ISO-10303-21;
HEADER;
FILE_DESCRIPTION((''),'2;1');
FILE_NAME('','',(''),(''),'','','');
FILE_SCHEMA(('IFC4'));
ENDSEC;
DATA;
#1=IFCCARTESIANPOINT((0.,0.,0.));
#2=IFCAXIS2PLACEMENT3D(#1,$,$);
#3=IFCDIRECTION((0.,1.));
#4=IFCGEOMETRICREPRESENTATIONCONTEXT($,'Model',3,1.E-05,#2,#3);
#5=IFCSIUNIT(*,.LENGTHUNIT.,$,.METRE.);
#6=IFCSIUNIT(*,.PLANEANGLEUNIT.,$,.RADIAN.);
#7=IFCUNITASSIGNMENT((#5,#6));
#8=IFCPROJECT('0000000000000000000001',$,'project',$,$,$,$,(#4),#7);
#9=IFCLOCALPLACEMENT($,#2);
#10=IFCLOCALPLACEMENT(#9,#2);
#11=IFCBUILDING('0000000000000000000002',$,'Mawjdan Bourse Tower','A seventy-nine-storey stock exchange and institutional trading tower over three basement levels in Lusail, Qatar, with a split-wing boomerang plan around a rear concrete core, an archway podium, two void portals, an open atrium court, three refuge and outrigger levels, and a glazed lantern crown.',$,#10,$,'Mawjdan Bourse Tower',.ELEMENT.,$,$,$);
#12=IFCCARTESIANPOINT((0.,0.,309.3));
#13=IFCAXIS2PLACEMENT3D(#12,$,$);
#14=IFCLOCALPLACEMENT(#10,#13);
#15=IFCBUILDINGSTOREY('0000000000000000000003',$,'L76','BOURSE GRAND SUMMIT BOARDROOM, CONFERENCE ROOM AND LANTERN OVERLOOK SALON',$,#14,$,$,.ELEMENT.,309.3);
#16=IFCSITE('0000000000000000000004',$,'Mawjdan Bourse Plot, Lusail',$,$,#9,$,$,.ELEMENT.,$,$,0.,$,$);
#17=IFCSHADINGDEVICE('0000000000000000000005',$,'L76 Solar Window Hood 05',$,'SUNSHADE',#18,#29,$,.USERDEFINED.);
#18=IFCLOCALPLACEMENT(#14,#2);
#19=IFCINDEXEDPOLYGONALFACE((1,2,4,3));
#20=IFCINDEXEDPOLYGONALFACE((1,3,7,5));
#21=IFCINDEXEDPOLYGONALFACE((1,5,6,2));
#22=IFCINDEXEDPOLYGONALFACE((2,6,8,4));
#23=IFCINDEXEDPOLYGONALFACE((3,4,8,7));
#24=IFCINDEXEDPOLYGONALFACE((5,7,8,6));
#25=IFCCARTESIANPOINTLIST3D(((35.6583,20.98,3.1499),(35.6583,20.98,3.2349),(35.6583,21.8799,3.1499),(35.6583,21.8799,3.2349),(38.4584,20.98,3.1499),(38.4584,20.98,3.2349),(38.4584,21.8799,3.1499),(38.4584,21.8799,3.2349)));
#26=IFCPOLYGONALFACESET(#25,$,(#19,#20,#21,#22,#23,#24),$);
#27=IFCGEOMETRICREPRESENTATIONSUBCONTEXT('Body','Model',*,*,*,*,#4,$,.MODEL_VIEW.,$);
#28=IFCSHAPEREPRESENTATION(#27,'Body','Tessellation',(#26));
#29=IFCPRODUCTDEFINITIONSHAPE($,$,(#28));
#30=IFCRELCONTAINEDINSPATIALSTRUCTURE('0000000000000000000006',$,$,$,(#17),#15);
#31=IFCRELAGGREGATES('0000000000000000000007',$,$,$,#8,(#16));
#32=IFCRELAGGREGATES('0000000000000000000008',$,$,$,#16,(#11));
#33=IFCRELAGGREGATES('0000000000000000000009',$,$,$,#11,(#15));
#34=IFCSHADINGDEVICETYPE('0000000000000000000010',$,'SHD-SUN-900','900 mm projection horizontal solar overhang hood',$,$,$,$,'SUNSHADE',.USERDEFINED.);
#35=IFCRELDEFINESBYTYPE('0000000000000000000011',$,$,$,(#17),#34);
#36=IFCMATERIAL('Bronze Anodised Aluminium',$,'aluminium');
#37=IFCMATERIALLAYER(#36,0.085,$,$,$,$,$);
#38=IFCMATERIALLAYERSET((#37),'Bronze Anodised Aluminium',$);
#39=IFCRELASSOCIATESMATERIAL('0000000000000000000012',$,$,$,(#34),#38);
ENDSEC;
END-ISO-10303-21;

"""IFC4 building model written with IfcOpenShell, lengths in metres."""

from ifc_helpers import new_model, si_unit, direction, frame, origin, origin_2d, place, context, subcontext, project, spatial, rectangle, extrude, material, layer, layer_set, type_object, element, save


model = new_model("IFC4")

# Units and contexts
model_context = context("Model", 3, precision=1e-05, world=origin(), true_north=direction((0.0, 1.0)))
body_context = subcontext(model_context, "Body", "Model", "MODEL_VIEW")
ifc_project = project(units=[si_unit("LENGTHUNIT", "METRE"), si_unit("PLANEANGLEUNIT", "RADIAN")], contexts=[model_context])

# Site, building, storey
site_placement = place(None, origin())
site = spatial("IfcSite", under=ifc_project, at=site_placement, Name="Mawjdan Bourse Plot, Lusail", CompositionType="ELEMENT", RefElevation=0.0)
building_placement = place(site_placement, origin())
building = spatial("IfcBuilding", under=site, at=building_placement, Name="Mawjdan Bourse Tower", Description="A seventy-nine-storey stock exchange and institutional trading tower over three basement levels in Lusail, Qatar, with a split-wing boomerang plan around a rear concrete core, an archway podium, two void portals, an open atrium court, three refuge and outrigger levels, and a glazed lantern crown.", LongName="Mawjdan Bourse Tower", CompositionType="ELEMENT")
storey_placement = place(building_placement, frame((0.0, 0.0, 309.3)))
storey = spatial("IfcBuildingStorey", under=building, at=storey_placement, Name="L76", Description="BOURSE GRAND SUMMIT BOARDROOM, CONFERENCE ROOM AND LANTERN OVERLOOK SALON", CompositionType="ELEMENT", Elevation=309.3)

# Shading device
ifc_material_1 = material(Name="Bronze Anodised Aluminium", Category="aluminium")
ifc_layer_1 = layer(ifc_material_1, 0.085)
ifc_layer_set_1 = layer_set([ifc_layer_1], Name="Bronze Anodised Aluminium")
shading_device_type_1 = type_object("IfcShadingDeviceType", Name="SHD-SUN-900", Description="900 mm projection horizontal solar overhang hood", ElementType="SUNSHADE", PredefinedType="USERDEFINED", material=ifc_layer_set_1)
shading_device_1_placement = place(storey_placement, frame((37.0583, 21.4299, 3.1499), z_axis=(0.0, 0.0, 1.0), x_axis=(-1.0, 0.0, 0.0)))
element("IfcShadingDevice", 1, at=shading_device_1_placement, inside=storey, type_object=shading_device_type_1, Name="L76 Solar Window Hood 05", ObjectType="SUNSHADE", PredefinedType="USERDEFINED", context=body_context, shape_type="SweptSolid", body=[
    extrude(rectangle(XDim=2.8, YDim=0.8999, at=origin_2d()), origin(), (0.0, 0.0, 1.0), 0.085),
])

save(model, "model.ifc")
